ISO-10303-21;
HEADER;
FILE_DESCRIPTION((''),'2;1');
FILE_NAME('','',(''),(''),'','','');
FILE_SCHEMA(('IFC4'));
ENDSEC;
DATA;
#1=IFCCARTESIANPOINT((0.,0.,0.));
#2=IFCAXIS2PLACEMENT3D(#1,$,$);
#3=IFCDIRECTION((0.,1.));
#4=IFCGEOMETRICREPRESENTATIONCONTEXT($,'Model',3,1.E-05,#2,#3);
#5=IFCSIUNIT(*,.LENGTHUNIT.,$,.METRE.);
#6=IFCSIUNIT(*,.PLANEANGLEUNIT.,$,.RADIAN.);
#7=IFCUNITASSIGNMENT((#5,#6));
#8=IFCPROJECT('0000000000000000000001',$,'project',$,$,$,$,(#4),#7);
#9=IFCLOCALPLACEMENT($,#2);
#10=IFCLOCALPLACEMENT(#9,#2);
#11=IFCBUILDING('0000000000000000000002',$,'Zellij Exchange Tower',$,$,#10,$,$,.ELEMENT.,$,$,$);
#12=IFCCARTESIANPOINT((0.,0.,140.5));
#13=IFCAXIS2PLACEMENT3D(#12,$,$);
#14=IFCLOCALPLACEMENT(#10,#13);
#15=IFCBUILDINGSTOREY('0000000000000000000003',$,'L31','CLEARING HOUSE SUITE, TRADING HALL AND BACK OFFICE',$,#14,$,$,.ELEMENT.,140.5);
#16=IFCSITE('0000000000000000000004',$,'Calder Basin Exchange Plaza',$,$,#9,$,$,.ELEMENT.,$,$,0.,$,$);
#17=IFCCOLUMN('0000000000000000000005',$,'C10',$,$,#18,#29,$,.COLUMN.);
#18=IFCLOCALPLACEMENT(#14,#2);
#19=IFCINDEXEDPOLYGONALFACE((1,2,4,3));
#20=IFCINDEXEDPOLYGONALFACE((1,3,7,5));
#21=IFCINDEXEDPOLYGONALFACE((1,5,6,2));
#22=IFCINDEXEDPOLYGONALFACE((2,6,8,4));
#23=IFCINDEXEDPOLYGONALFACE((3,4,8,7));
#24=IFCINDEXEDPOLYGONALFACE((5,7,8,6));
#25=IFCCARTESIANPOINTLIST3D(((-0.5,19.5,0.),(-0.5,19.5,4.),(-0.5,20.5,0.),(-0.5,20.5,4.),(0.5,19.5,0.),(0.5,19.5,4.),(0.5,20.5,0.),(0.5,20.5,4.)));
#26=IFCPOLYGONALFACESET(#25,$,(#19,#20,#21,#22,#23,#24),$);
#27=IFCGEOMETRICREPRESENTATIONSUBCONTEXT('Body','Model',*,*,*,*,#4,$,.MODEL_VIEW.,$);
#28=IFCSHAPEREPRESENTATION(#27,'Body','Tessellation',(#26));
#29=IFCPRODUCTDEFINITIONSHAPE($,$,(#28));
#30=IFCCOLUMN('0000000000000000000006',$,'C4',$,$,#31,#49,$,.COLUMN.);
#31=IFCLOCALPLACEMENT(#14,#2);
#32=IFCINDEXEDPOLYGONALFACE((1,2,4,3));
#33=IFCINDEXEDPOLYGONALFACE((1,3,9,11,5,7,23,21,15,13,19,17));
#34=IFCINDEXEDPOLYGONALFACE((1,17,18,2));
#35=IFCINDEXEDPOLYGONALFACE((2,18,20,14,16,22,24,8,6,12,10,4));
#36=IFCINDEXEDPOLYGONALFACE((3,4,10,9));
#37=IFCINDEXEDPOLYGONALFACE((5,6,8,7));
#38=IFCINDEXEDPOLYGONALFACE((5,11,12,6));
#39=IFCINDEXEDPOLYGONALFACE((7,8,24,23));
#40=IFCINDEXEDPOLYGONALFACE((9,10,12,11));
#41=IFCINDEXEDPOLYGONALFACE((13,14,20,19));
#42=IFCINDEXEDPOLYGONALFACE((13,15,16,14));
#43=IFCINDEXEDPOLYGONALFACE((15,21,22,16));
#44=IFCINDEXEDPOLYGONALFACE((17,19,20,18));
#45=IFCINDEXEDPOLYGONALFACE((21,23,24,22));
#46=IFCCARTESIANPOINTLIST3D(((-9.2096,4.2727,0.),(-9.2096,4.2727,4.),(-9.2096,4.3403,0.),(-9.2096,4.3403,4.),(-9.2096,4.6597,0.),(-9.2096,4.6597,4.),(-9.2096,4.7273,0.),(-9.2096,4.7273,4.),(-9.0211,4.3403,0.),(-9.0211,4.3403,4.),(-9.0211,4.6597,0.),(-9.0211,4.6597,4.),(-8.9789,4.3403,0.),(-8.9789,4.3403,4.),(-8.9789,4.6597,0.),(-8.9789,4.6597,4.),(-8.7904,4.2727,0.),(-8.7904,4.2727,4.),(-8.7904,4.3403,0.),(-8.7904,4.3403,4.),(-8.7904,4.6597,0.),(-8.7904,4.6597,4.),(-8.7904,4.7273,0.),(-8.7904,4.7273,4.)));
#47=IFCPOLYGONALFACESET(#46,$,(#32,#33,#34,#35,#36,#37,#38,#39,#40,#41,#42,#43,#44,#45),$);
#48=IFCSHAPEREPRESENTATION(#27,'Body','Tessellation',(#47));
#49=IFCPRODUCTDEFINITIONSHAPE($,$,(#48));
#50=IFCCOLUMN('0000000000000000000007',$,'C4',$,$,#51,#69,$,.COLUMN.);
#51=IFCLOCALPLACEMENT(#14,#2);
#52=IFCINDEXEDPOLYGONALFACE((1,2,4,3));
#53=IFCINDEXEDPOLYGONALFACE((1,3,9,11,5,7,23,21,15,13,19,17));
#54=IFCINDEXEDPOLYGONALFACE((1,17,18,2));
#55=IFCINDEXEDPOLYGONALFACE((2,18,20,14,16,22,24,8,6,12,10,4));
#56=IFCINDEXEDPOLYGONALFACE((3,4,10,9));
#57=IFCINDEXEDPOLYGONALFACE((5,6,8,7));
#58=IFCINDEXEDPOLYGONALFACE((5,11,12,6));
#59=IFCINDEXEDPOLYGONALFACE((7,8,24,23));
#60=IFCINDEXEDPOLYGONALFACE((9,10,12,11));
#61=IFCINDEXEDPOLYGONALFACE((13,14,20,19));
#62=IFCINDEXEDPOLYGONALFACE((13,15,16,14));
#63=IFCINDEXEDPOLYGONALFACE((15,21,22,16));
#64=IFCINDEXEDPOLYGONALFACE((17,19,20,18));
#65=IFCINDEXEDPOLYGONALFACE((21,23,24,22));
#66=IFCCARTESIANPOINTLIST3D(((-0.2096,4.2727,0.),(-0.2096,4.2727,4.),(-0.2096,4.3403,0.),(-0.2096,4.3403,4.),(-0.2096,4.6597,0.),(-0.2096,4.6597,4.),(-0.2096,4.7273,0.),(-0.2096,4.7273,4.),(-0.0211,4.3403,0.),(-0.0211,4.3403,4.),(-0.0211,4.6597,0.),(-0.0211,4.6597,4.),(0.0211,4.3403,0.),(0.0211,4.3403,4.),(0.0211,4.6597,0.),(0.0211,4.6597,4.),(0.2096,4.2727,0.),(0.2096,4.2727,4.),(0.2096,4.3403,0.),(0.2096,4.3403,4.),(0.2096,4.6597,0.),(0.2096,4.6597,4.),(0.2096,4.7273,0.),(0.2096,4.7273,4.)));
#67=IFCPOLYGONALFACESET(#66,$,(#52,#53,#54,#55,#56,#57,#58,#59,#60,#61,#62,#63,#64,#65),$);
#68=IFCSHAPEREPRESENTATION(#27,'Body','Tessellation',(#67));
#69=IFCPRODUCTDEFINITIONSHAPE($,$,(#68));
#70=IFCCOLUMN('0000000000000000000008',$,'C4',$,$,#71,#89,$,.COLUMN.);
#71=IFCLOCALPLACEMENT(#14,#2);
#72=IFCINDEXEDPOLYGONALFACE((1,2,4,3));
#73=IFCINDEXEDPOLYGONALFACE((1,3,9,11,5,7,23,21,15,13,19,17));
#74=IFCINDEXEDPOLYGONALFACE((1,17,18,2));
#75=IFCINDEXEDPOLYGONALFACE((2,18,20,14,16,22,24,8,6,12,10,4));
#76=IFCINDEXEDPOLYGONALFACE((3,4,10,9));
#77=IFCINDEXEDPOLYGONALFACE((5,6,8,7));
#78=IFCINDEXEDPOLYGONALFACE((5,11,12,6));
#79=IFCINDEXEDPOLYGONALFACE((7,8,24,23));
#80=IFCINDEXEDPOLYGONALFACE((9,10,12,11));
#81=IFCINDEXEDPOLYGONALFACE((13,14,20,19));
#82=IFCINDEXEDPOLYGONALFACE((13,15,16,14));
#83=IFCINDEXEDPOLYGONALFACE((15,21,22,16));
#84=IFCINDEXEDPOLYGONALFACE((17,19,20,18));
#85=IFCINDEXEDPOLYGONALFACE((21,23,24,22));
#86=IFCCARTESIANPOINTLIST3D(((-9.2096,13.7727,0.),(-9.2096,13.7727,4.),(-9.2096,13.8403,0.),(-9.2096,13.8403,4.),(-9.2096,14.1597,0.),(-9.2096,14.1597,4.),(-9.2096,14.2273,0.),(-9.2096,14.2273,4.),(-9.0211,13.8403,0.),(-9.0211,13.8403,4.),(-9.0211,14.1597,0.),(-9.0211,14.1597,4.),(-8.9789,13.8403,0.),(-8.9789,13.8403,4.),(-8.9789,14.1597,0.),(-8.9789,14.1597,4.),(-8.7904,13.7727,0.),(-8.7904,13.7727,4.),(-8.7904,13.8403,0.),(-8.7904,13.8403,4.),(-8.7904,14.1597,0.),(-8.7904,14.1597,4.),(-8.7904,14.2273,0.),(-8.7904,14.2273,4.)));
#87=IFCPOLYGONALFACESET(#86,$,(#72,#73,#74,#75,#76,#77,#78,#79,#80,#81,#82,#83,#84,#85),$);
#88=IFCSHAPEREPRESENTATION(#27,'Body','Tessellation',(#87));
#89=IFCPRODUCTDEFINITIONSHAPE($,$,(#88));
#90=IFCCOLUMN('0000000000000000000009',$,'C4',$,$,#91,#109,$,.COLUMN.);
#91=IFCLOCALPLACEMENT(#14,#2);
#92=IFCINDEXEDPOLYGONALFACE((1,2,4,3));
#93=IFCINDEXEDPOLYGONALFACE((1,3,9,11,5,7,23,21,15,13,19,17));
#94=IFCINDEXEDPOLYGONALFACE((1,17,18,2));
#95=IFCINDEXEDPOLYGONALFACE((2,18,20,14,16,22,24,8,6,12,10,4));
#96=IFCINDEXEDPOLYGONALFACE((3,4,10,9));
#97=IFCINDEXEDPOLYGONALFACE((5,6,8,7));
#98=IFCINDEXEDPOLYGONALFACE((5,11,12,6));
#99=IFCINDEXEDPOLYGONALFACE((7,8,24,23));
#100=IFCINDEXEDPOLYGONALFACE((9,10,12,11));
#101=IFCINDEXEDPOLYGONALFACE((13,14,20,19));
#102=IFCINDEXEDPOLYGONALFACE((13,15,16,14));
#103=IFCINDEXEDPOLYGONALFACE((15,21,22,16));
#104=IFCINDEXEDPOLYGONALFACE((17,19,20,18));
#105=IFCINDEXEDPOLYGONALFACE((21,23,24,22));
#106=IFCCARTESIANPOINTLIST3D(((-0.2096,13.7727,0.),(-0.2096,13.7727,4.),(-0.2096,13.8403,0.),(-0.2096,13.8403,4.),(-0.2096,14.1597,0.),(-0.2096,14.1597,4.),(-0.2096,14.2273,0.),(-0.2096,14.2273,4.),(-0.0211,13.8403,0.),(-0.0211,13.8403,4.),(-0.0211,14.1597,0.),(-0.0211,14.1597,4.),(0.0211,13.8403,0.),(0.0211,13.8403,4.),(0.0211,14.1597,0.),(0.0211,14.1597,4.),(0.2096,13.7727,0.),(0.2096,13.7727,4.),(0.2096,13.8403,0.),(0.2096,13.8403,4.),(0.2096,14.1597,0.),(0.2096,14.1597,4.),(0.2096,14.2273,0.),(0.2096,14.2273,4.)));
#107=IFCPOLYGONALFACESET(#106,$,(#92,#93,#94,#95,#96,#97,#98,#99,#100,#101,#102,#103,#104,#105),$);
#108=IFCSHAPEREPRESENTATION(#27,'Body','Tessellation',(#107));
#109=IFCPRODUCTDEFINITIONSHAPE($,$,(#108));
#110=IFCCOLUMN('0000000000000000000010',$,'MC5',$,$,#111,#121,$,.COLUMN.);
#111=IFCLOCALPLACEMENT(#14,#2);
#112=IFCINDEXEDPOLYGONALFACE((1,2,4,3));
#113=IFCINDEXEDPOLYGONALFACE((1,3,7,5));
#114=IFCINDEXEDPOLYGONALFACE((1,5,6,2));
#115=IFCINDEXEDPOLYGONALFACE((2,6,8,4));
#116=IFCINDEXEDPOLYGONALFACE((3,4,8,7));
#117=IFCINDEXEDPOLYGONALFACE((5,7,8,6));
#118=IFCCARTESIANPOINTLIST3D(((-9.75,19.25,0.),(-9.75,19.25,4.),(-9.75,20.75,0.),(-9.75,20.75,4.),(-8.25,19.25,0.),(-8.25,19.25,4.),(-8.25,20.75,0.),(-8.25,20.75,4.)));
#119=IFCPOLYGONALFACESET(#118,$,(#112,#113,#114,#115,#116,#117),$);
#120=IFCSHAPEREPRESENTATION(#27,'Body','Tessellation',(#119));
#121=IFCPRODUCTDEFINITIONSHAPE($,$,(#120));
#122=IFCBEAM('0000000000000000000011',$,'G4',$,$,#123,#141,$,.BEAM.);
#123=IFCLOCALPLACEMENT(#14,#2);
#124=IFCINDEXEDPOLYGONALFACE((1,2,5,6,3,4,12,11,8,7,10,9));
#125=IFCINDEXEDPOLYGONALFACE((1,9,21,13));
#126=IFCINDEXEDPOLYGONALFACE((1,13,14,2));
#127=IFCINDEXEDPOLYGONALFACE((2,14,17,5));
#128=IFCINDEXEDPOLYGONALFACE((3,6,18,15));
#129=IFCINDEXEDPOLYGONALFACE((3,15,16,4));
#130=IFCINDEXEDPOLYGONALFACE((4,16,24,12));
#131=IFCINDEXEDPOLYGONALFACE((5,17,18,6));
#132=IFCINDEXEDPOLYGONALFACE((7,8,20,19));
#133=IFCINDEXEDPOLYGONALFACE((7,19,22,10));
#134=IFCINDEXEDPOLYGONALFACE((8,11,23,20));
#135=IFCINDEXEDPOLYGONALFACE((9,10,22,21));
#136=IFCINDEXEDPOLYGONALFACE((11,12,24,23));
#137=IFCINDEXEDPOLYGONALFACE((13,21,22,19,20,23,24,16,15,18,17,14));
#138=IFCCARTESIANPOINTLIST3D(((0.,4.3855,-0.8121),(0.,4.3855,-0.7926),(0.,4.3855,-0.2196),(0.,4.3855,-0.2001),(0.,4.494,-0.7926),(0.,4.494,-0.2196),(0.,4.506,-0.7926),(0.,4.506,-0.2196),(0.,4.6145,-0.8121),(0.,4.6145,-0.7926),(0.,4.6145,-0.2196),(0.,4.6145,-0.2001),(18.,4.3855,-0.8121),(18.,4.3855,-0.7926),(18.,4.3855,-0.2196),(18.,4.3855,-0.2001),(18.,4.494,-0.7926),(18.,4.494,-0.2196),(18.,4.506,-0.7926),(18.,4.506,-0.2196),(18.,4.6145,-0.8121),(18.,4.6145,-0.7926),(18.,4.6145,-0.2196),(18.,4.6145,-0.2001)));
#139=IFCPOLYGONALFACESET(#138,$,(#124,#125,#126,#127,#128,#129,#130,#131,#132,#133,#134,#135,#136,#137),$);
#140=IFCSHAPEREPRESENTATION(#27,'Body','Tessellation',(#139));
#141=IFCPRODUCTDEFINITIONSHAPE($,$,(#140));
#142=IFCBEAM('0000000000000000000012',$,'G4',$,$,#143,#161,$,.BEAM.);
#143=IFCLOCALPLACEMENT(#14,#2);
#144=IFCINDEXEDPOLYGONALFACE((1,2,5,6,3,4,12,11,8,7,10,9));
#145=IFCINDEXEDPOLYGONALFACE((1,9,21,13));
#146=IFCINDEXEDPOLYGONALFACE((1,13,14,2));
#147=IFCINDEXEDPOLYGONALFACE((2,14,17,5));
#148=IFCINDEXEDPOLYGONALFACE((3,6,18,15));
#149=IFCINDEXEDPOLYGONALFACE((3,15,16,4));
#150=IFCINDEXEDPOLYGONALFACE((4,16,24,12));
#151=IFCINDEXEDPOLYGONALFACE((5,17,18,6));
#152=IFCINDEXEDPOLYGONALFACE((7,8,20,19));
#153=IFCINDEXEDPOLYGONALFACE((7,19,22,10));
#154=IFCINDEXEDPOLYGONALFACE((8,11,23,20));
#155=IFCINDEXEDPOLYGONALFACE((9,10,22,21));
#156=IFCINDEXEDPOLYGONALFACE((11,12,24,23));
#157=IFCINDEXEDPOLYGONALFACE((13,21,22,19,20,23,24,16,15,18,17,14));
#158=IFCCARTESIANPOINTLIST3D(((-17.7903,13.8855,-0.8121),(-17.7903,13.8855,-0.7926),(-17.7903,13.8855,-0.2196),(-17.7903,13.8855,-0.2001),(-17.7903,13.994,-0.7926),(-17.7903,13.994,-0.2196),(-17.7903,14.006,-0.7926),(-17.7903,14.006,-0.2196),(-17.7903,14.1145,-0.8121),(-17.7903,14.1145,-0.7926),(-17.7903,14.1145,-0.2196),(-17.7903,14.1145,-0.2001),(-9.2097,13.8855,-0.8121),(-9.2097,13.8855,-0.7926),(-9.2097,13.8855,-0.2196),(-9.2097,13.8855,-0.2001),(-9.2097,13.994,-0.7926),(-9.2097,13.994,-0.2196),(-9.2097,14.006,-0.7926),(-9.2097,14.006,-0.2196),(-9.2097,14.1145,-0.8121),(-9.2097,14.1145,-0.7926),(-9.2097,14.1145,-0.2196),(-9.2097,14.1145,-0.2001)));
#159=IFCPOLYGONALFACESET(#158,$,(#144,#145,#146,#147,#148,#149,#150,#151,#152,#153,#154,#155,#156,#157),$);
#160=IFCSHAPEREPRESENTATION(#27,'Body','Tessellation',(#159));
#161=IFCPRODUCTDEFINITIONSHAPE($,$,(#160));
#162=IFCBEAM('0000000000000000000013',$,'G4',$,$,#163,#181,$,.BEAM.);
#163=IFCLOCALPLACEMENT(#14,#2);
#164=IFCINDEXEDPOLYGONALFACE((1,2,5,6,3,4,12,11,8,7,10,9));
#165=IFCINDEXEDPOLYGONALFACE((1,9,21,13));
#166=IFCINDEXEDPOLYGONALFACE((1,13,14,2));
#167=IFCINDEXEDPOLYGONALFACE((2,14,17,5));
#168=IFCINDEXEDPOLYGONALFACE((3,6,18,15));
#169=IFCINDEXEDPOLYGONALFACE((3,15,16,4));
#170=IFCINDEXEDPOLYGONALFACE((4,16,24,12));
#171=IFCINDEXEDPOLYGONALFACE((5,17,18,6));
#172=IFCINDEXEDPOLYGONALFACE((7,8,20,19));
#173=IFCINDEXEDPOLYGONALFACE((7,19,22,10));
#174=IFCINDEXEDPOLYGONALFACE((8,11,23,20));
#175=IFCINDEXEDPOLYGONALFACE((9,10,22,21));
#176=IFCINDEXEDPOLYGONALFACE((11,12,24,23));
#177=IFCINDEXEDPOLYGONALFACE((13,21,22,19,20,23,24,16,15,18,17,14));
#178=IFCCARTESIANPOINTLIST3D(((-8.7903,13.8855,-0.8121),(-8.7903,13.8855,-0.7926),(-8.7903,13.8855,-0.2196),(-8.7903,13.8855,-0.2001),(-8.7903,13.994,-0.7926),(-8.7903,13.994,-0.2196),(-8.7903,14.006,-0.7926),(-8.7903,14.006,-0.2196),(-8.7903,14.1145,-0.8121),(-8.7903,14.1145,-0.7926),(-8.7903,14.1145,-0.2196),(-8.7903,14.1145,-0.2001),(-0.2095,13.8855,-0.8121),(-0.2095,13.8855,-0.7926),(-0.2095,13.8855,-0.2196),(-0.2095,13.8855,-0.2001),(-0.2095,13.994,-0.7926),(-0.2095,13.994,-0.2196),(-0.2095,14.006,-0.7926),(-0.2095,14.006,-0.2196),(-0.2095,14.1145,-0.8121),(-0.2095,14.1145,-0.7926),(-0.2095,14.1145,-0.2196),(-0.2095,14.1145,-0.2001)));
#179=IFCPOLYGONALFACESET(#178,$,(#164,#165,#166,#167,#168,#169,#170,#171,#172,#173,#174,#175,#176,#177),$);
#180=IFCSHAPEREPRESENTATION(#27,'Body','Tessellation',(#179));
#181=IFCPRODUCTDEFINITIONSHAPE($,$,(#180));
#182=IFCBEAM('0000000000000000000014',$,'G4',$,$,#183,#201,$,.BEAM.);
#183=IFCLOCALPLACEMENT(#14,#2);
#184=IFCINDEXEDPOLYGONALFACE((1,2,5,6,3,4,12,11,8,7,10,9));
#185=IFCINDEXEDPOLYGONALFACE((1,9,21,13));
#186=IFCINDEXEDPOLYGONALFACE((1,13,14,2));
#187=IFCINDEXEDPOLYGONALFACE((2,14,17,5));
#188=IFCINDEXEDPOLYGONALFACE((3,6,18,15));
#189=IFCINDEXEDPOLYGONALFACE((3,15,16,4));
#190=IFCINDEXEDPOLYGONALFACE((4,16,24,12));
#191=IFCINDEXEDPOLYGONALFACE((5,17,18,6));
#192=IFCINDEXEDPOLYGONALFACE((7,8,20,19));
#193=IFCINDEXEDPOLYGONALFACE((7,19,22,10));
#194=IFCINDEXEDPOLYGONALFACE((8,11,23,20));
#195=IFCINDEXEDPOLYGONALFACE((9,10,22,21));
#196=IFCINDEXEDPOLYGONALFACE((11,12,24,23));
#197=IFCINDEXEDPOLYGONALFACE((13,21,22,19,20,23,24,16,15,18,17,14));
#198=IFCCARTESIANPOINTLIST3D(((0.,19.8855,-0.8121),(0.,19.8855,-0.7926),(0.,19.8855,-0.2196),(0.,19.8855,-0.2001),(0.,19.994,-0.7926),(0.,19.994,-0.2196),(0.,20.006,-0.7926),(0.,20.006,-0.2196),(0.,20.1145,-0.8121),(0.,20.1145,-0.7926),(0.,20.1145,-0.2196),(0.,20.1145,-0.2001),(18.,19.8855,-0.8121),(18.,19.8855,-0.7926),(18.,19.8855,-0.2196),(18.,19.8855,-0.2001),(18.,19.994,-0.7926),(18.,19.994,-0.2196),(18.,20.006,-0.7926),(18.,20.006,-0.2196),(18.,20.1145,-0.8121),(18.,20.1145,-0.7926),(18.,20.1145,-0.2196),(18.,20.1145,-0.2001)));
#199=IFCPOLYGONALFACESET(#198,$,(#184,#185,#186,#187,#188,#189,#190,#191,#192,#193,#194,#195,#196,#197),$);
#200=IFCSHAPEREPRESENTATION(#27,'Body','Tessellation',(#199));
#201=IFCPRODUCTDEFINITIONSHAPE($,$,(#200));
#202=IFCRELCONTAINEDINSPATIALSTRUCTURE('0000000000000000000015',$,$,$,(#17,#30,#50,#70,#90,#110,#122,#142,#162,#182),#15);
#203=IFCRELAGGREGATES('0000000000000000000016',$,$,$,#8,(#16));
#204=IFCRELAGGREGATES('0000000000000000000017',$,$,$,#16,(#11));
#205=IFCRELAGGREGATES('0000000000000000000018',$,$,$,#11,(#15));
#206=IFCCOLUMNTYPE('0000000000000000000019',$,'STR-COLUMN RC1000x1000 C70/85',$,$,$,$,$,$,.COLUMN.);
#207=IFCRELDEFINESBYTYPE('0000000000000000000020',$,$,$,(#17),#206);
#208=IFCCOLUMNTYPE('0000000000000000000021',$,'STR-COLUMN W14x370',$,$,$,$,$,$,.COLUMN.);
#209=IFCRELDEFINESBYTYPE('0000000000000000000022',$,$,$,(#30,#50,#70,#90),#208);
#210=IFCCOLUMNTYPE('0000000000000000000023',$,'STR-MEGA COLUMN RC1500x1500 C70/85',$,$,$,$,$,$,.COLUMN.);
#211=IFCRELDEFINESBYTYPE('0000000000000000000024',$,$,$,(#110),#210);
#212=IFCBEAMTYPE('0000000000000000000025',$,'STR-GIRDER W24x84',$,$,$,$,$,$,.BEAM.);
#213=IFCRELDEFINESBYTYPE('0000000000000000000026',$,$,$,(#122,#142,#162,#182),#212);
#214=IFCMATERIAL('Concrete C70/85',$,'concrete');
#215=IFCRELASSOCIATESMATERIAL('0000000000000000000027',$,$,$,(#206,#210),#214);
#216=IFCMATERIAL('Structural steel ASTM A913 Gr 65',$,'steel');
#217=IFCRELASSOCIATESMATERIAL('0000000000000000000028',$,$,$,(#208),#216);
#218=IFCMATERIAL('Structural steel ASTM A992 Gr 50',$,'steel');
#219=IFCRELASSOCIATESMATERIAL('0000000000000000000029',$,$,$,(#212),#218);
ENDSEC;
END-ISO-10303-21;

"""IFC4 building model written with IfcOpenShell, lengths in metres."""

from ifc_helpers import new_model, si_unit, direction, frame, origin, origin_2d, place, context, subcontext, project, spatial, rectangle, i_section, extrude, material, material_profile, profile_set, type_object, element, save


model = new_model("IFC4")

# Units and contexts
model_context = context("Model", 3, precision=1e-05, world=origin(), true_north=direction((0.0, 1.0)))
body_context = subcontext(model_context, "Body", "Model", "MODEL_VIEW")
ifc_project = project(units=[si_unit("LENGTHUNIT", "METRE"), si_unit("PLANEANGLEUNIT", "RADIAN")], contexts=[model_context])

# Site, building, storey
site_placement = place(None, origin())
site = spatial("IfcSite", under=ifc_project, at=site_placement, Name="Calder Basin Exchange Plaza", CompositionType="ELEMENT", RefElevation=0.0)
building_placement = place(site_placement, origin())
building = spatial("IfcBuilding", under=site, at=building_placement, Name="Zellij Exchange Tower", CompositionType="ELEMENT")
storey_placement = place(building_placement, frame((0.0, 0.0, 140.5)))
storey = spatial("IfcBuildingStorey", under=building, at=storey_placement, Name="L31", Description="CLEARING HOUSE SUITE, TRADING HALL AND BACK OFFICE", CompositionType="ELEMENT", Elevation=140.5)

# Columns
ifc_material_1 = material(Name="Concrete C70/85", Category="concrete")
ifc_material_profile_1 = material_profile(ifc_material_1, rectangle(XDim=1.0, YDim=1.0, at=origin_2d()), Name="STR-COLUMN RC1000x1000 C70/85")
ifc_profile_set_1 = profile_set([ifc_material_profile_1], Name="Concrete C70/85")
column_type_1 = type_object("IfcColumnType", Name="STR-COLUMN RC1000x1000 C70/85", PredefinedType="COLUMN", material=ifc_profile_set_1)
column_1_placement = place(storey_placement, frame((0.0, 20.0, 0.0), z_axis=(0.0, 0.0, 1.0), x_axis=(1.0, 0.0, 0.0)))
element("IfcColumn", 1, at=column_1_placement, inside=storey, type_object=column_type_1, Name="C10", PredefinedType="COLUMN", context=body_context, shape_type="SweptSolid", body=[
    extrude(rectangle(XDim=1.0, YDim=1.0, at=origin_2d()), origin(), (0.0, 0.0, 1.0), 4.0),
])
ifc_material_2 = material(Name="Structural steel ASTM A913 Gr 65", Category="steel")
ifc_material_profile_2 = material_profile(ifc_material_2, i_section(OverallWidth=0.4192, OverallDepth=0.4546, WebThickness=0.0422, FlangeThickness=0.0676, at=origin_2d()), Name="W14x370")
ifc_profile_set_2 = profile_set([ifc_material_profile_2], Name="Structural steel ASTM A913 Gr 65")
column_type_2 = type_object("IfcColumnType", Name="STR-COLUMN W14x370", PredefinedType="COLUMN", material=ifc_profile_set_2)
for number, where, z_axis, x_axis, name in (
    (2, (-9.0, 4.5, 0.0), (0.0, 0.0, 1.0), (1.0, 0.0, 0.0), "C4"),
    (3, (0.0, 4.5, 0.0), (0.0, 0.0, 1.0), (1.0, 0.0, 0.0), "C4"),
    (4, (-9.0, 14.0, 0.0), (0.0, 0.0, 1.0), (1.0, 0.0, 0.0), "C4"),
    (5, (0.0, 14.0, 0.0), (0.0, 0.0, 1.0), (1.0, 0.0, 0.0), "C4"),
):
    element("IfcColumn", number, at=place(storey_placement, frame(where, z_axis=z_axis, x_axis=x_axis)), inside=storey, type_object=column_type_2, Name=name, PredefinedType="COLUMN", context=body_context, shape_type="SweptSolid", body=[
        extrude(i_section(OverallWidth=0.4192, OverallDepth=0.4546, WebThickness=0.0422, FlangeThickness=0.0676, at=origin_2d()), origin(), (0.0, 0.0, 1.0), 4.0),
    ])
ifc_material_profile_3 = material_profile(ifc_material_1, rectangle(XDim=1.5, YDim=1.5, at=origin_2d()), Name="STR-MEGA COLUMN RC1500x1500 C70/85")
ifc_profile_set_3 = profile_set([ifc_material_profile_3], Name="Concrete C70/85")
column_type_3 = type_object("IfcColumnType", Name="STR-MEGA COLUMN RC1500x1500 C70/85", PredefinedType="COLUMN", material=ifc_profile_set_3)
column_2_placement = place(storey_placement, frame((-9.0, 20.0, 0.0), z_axis=(0.0, 0.0, 1.0), x_axis=(1.0, 0.0, 0.0)))
element("IfcColumn", 6, at=column_2_placement, inside=storey, type_object=column_type_3, Name="MC5", PredefinedType="COLUMN", context=body_context, shape_type="SweptSolid", body=[
    extrude(rectangle(XDim=1.5, YDim=1.5, at=origin_2d()), origin(), (0.0, 0.0, 1.0), 4.0),
])

# Beams
ifc_material_3 = material(Name="Structural steel ASTM A992 Gr 50", Category="steel")
ifc_material_profile_4 = material_profile(ifc_material_3, i_section(OverallWidth=0.229, OverallDepth=0.6121, WebThickness=0.012, FlangeThickness=0.0195, at=origin_2d()), Name="W24x84")
ifc_profile_set_4 = profile_set([ifc_material_profile_4], Name="Structural steel ASTM A992 Gr 50")
beam_type = type_object("IfcBeamType", Name="STR-GIRDER W24x84", PredefinedType="BEAM", material=ifc_profile_set_4)
beam_1_placement = place(storey_placement, frame((0.0, 4.5, -0.5061), z_axis=(1.0, 0.0, 0.0), x_axis=(0.0, 1.0, 0.0)))
element("IfcBeam", 7, at=beam_1_placement, inside=storey, type_object=beam_type, Name="G4", PredefinedType="BEAM", context=body_context, shape_type="SweptSolid", body=[
    extrude(i_section(OverallWidth=0.229, OverallDepth=0.6121, WebThickness=0.012, FlangeThickness=0.0195, at=origin_2d()), origin(), (0.0, 0.0, 1.0), 18.0),
])
beam_2_placement = place(storey_placement, frame((-17.7903, 14.0, -0.5061), z_axis=(1.0, 0.0, 0.0), x_axis=(0.0, 1.0, 0.0)))
element("IfcBeam", 8, at=beam_2_placement, inside=storey, type_object=beam_type, Name="G4", PredefinedType="BEAM", context=body_context, shape_type="SweptSolid", body=[
    extrude(i_section(OverallWidth=0.229, OverallDepth=0.6121, WebThickness=0.012, FlangeThickness=0.0195, at=origin_2d()), origin(), (0.0, 0.0, 1.0), 8.5806),
])
beam_3_placement = place(storey_placement, frame((-8.7903, 14.0, -0.5061), z_axis=(1.0, 0.0, 0.0), x_axis=(0.0, 1.0, 0.0)))
element("IfcBeam", 9, at=beam_3_placement, inside=storey, type_object=beam_type, Name="G4", PredefinedType="BEAM", context=body_context, shape_type="SweptSolid", body=[
    extrude(i_section(OverallWidth=0.229, OverallDepth=0.6121, WebThickness=0.012, FlangeThickness=0.0195, at=origin_2d()), origin(), (0.0, 0.0, 1.0), 8.5808),
])
beam_4_placement = place(storey_placement, frame((0.0, 20.0, -0.5061), z_axis=(1.0, 0.0, 0.0), x_axis=(0.0, 1.0, 0.0)))
element("IfcBeam", 10, at=beam_4_placement, inside=storey, type_object=beam_type, Name="G4", PredefinedType="BEAM", context=body_context, shape_type="SweptSolid", body=[
    extrude(i_section(OverallWidth=0.229, OverallDepth=0.6121, WebThickness=0.012, FlangeThickness=0.0195, at=origin_2d()), origin(), (0.0, 0.0, 1.0), 18.0),
])

save(model, "model.ifc")
